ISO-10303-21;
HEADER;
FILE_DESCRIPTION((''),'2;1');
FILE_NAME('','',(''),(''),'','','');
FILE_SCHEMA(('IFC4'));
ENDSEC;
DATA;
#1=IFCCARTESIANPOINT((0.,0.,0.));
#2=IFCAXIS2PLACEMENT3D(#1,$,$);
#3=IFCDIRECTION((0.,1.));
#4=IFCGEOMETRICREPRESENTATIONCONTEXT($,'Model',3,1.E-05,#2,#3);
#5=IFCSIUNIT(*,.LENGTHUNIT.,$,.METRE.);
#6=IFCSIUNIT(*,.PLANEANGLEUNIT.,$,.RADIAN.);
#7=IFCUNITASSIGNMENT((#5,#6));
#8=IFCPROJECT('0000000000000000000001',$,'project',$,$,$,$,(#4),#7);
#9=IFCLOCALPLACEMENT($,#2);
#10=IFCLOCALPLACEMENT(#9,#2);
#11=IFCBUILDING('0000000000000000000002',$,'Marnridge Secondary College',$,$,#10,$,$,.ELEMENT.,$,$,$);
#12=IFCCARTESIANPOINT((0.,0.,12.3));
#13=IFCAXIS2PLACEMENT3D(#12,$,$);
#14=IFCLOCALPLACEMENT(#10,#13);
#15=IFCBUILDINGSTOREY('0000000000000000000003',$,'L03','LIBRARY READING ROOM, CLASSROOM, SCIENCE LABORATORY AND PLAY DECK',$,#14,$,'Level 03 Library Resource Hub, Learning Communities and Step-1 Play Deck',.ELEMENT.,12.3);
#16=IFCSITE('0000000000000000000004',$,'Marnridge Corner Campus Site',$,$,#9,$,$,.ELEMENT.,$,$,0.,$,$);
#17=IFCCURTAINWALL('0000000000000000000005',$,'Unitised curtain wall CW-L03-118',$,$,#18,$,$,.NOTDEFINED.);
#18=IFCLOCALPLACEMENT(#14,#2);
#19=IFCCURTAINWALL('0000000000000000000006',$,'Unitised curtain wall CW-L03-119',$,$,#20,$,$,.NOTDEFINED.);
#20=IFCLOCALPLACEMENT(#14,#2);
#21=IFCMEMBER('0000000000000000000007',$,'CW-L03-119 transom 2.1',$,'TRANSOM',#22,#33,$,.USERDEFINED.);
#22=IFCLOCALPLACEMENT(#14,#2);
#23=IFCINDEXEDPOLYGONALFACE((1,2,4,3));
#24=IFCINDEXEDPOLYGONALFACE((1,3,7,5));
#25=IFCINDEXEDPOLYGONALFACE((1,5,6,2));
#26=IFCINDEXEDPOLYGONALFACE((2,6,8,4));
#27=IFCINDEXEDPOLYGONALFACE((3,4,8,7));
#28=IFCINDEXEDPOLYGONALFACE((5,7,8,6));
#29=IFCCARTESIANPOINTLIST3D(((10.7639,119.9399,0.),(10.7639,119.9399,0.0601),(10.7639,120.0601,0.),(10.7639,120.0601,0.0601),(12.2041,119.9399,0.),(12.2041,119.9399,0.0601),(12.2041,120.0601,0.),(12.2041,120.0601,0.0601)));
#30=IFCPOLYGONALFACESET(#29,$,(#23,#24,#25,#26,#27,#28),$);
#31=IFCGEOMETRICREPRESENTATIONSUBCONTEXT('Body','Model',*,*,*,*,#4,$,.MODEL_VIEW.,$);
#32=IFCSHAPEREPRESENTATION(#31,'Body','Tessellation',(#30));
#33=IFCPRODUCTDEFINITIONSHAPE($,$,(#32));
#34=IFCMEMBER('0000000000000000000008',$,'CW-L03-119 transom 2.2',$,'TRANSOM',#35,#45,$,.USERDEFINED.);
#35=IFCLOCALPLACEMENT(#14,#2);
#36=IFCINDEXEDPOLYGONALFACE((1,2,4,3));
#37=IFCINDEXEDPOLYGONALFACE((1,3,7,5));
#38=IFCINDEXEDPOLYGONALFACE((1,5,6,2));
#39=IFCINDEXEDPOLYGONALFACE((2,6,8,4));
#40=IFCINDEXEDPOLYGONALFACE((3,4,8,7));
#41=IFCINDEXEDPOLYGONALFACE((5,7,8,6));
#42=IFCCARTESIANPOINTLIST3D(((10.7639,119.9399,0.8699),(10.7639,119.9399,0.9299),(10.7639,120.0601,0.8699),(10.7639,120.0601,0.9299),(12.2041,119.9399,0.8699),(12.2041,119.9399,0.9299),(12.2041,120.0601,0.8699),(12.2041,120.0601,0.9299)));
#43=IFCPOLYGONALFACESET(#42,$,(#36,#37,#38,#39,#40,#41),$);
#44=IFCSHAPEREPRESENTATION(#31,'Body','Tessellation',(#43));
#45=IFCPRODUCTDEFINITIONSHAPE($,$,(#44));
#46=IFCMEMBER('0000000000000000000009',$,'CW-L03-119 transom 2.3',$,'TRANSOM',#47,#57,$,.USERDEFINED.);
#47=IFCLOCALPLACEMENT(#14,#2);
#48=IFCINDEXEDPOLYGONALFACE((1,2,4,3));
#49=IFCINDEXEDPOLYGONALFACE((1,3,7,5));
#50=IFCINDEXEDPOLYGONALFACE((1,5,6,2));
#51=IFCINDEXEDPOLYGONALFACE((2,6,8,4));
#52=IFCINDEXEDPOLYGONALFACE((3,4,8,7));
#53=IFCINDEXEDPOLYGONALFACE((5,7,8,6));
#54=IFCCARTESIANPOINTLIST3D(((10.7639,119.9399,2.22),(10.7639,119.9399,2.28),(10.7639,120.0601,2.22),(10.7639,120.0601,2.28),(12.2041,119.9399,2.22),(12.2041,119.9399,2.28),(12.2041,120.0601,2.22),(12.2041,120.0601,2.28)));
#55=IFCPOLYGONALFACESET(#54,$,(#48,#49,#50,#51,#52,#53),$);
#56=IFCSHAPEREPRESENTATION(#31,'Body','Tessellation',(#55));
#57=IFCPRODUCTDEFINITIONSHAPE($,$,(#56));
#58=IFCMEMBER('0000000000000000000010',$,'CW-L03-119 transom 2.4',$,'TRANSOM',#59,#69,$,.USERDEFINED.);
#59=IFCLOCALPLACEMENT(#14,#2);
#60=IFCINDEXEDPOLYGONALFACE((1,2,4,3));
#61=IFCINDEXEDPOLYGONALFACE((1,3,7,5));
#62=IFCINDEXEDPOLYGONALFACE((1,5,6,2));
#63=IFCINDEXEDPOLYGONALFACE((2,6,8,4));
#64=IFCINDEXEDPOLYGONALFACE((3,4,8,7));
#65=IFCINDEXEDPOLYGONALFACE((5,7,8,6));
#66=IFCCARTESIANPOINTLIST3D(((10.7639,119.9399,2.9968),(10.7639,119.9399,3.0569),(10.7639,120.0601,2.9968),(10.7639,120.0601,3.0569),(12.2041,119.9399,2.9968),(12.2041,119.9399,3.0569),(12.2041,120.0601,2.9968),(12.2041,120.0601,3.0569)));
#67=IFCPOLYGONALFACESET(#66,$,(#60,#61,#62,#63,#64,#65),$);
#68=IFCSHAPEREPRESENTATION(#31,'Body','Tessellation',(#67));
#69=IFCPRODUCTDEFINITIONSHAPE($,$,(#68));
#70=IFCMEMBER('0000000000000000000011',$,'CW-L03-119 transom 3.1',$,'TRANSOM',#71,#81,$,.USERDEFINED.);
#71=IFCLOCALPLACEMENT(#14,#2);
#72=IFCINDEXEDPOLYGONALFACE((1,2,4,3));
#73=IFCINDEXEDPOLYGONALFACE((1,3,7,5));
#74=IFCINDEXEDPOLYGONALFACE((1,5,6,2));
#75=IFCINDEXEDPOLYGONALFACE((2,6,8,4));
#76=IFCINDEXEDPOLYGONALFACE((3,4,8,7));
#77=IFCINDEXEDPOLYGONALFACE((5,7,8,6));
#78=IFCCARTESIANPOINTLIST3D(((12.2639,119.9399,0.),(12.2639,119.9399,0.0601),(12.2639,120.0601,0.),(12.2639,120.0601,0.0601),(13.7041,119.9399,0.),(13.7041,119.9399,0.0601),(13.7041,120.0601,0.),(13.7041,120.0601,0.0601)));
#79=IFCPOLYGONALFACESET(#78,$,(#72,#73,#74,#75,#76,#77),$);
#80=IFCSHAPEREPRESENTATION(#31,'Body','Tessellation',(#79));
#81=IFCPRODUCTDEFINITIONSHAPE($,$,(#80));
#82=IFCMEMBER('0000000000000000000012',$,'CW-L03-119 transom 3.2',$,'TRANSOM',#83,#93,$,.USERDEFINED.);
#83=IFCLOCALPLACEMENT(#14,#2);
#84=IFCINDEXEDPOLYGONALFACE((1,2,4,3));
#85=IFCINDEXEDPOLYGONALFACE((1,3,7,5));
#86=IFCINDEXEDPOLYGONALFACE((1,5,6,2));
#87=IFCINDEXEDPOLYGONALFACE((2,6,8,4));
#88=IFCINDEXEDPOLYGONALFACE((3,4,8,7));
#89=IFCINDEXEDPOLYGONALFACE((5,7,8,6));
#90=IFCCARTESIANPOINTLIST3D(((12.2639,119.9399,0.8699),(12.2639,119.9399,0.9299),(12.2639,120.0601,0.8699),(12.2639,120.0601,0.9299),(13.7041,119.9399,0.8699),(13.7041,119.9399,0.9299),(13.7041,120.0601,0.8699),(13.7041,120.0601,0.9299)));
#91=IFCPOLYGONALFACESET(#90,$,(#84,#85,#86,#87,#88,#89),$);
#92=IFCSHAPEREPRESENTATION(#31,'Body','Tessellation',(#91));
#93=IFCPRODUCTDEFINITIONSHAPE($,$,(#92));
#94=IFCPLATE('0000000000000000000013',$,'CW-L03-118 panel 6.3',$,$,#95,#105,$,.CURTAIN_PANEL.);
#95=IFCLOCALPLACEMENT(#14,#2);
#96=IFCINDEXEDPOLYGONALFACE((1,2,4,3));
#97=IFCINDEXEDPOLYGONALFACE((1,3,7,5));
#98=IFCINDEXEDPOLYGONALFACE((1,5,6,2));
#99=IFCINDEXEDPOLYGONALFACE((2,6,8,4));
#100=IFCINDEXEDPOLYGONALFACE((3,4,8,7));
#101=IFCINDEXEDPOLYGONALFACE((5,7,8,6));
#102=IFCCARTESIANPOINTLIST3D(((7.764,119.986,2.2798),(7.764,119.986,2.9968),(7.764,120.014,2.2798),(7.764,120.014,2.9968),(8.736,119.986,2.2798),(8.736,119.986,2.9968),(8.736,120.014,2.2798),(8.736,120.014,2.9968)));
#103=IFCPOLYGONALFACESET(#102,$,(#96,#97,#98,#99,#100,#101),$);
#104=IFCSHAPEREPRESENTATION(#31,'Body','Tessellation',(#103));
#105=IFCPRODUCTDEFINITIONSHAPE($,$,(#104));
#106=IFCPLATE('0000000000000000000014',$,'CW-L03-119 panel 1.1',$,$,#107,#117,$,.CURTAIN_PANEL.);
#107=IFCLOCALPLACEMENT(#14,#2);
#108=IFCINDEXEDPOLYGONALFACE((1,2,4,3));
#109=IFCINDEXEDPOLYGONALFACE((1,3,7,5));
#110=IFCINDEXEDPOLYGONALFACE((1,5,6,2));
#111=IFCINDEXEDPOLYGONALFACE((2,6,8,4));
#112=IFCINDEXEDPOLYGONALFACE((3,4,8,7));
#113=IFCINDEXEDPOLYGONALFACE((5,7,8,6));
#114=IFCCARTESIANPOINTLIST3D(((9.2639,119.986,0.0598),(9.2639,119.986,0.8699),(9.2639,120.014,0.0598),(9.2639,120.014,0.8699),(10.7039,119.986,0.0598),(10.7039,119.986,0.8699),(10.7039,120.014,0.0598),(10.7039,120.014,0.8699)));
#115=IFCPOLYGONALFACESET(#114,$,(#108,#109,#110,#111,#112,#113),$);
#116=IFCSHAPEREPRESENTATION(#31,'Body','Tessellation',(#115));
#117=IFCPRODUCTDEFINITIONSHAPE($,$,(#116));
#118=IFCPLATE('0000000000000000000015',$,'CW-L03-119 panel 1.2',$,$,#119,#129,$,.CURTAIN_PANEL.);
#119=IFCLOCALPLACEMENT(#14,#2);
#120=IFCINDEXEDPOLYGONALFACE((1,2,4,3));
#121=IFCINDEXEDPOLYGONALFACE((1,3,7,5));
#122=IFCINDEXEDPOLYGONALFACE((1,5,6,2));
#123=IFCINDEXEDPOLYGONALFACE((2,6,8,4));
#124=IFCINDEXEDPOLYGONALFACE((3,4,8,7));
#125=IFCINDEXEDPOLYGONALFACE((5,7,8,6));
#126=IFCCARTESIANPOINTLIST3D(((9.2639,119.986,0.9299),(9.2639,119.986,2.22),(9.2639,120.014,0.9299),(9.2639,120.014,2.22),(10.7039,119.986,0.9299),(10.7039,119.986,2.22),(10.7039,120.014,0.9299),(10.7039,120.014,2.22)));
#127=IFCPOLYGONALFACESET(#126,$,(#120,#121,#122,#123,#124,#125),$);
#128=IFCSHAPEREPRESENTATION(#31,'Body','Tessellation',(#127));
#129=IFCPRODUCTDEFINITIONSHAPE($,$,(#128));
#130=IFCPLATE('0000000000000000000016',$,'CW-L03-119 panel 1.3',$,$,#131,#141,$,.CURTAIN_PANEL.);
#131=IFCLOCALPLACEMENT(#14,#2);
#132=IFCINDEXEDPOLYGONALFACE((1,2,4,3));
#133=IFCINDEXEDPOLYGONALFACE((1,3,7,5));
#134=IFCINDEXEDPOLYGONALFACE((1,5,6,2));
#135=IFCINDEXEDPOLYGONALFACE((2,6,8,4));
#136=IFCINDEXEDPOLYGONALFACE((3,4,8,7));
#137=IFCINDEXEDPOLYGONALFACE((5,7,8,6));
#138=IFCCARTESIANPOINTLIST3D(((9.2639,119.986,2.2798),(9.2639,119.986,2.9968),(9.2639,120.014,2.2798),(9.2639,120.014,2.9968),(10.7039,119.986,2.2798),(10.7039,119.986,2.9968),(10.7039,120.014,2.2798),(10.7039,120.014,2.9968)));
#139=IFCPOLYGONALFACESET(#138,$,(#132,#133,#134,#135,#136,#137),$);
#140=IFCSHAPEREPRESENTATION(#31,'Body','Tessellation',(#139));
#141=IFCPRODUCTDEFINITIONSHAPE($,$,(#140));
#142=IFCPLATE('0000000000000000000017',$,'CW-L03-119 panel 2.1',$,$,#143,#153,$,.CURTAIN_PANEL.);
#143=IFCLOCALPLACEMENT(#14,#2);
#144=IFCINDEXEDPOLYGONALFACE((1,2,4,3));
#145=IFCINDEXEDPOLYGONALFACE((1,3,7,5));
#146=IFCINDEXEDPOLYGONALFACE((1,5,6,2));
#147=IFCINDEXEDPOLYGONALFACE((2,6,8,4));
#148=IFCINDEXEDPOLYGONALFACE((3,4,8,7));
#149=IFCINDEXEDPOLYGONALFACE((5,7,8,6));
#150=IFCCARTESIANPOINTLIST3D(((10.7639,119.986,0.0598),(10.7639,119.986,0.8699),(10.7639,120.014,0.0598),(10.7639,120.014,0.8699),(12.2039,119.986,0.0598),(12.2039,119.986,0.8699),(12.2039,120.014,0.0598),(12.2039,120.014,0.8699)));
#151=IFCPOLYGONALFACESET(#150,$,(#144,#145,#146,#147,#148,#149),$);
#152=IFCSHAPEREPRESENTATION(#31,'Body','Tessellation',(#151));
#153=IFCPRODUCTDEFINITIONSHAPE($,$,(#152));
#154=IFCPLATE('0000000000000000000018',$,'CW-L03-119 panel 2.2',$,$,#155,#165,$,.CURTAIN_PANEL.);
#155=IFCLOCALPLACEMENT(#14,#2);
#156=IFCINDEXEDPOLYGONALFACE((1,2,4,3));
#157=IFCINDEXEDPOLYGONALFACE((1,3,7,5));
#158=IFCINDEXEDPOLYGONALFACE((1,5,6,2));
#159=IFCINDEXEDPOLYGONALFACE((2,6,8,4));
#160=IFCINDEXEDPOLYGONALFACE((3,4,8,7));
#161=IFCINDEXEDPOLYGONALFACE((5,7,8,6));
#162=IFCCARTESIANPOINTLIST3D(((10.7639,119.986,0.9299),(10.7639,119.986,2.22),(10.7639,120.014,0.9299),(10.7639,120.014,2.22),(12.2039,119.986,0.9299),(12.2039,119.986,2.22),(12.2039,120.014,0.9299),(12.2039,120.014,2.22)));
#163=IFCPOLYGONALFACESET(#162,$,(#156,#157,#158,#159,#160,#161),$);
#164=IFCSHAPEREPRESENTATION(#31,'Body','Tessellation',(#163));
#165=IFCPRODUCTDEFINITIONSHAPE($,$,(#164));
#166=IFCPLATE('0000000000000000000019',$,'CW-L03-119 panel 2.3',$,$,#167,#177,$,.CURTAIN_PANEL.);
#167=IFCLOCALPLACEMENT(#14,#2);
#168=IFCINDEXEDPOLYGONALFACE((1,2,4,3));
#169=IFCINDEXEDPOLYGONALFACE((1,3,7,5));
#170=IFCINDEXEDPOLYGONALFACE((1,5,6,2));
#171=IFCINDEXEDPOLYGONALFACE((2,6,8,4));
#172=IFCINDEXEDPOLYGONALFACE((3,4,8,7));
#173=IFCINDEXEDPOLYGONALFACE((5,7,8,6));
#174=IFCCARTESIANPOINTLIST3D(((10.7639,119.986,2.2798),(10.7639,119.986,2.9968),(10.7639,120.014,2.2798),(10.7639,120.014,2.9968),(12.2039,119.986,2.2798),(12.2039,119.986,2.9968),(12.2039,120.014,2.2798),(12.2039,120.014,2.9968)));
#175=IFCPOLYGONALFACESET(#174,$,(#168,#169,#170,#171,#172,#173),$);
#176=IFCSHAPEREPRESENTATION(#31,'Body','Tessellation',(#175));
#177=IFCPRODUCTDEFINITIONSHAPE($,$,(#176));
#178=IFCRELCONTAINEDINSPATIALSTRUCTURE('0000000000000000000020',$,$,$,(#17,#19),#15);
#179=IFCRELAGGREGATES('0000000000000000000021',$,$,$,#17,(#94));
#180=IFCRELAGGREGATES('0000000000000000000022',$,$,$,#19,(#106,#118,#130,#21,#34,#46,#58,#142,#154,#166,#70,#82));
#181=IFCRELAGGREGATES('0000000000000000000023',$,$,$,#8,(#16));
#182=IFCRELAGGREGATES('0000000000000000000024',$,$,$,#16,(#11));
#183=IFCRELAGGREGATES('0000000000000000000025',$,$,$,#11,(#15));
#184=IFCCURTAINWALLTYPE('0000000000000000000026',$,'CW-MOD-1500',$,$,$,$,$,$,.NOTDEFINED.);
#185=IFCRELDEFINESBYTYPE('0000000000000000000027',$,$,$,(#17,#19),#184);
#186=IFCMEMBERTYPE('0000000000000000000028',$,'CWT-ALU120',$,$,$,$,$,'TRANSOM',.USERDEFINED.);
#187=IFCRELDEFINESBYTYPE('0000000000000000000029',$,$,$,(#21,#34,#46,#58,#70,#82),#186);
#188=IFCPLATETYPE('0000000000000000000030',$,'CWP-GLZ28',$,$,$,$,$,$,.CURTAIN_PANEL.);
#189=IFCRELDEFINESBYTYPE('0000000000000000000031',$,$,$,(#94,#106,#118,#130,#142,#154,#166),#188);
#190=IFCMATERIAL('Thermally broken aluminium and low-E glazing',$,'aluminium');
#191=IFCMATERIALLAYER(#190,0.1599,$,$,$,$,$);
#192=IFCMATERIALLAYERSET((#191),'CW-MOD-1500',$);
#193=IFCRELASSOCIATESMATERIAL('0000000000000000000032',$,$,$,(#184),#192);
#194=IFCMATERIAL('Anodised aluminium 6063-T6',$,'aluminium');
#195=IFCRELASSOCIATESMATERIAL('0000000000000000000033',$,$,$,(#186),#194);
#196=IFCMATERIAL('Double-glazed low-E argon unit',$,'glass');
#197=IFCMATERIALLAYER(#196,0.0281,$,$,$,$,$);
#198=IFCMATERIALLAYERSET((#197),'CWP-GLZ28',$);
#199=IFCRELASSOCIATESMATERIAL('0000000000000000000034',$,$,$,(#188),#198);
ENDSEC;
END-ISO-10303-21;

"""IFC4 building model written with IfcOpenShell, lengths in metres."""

from ifc_helpers import new_model, si_unit, direction, frame, origin, origin_2d, place, context, subcontext, project, spatial, rectangle, extrude, material, layer, layer_set, material_profile, profile_set, type_object, element, aggregate, save


model = new_model("IFC4")

# Units and contexts
model_context = context("Model", 3, precision=1e-05, world=origin(), true_north=direction((0.0, 1.0)))
body_context = subcontext(model_context, "Body", "Model", "MODEL_VIEW")
ifc_project = project(units=[si_unit("LENGTHUNIT", "METRE"), si_unit("PLANEANGLEUNIT", "RADIAN")], contexts=[model_context])

# Site, building, storey
site_placement = place(None, origin())
site = spatial("IfcSite", under=ifc_project, at=site_placement, Name="Marnridge Corner Campus Site", CompositionType="ELEMENT", RefElevation=0.0)
building_placement = place(site_placement, origin())
building = spatial("IfcBuilding", under=site, at=building_placement, Name="Marnridge Secondary College", CompositionType="ELEMENT")
storey_placement = place(building_placement, frame((0.0, 0.0, 12.3)))
storey = spatial("IfcBuildingStorey", under=building, at=storey_placement, Name="L03", Description="LIBRARY READING ROOM, CLASSROOM, SCIENCE LABORATORY AND PLAY DECK", LongName="Level 03 Library Resource Hub, Learning Communities and Step-1 Play Deck", CompositionType="ELEMENT", Elevation=12.3)

# Curtain wall
ifc_material_1 = material(Name="Thermally broken aluminium and low-E glazing", Category="aluminium")
ifc_layer_1 = layer(ifc_material_1, 0.1599)
ifc_layer_set_1 = layer_set([ifc_layer_1], Name="CW-MOD-1500")
curtain_wall_type = type_object("IfcCurtainWallType", Name="CW-MOD-1500", PredefinedType="NOTDEFINED", material=ifc_layer_set_1)
curtain_wall_1_placement = place(storey_placement, origin())
curtain_wall_1 = element("IfcCurtainWall", 1, at=curtain_wall_1_placement, inside=storey, type_object=curtain_wall_type, Name="Unitised curtain wall CW-L03-118", PredefinedType="NOTDEFINED")

# Curtain wall, members
curtain_wall_2_placement = place(storey_placement, origin())
curtain_wall_2 = element("IfcCurtainWall", 2, at=curtain_wall_2_placement, inside=storey, type_object=curtain_wall_type, Name="Unitised curtain wall CW-L03-119", PredefinedType="NOTDEFINED")
ifc_material_2 = material(Name="Anodised aluminium 6063-T6", Category="aluminium")
ifc_material_profile_1 = material_profile(ifc_material_2, rectangle(XDim=0.0601, YDim=0.1201, at=origin_2d()), Name="ALU 60x120")
ifc_profile_set_1 = profile_set([ifc_material_profile_1], Name="Anodised aluminium 6063-T6")
member_type_1 = type_object("IfcMemberType", Name="CWT-ALU120", ElementType="TRANSOM", PredefinedType="USERDEFINED", material=ifc_profile_set_1)
member_1_placement = place(storey_placement, frame((10.7639, 120.0, 0.03), z_axis=(1.0, 0.0, 0.0), x_axis=(0.0, 0.0, 1.0)))
member_1 = element("IfcMember", 3, at=member_1_placement, type_object=member_type_1, Name="CW-L03-119 transom 2.1", ObjectType="TRANSOM", PredefinedType="USERDEFINED", context=body_context, shape_type="SweptSolid", body=[
    extrude(rectangle(XDim=0.0601, YDim=0.1201, at=origin_2d()), origin(), (0.0, 0.0, 1.0), 1.4402),
])
member_2_placement = place(storey_placement, frame((10.7639, 120.0, 0.8999), z_axis=(1.0, 0.0, 0.0), x_axis=(0.0, 0.0, 1.0)))
member_2 = element("IfcMember", 4, at=member_2_placement, type_object=member_type_1, Name="CW-L03-119 transom 2.2", ObjectType="TRANSOM", PredefinedType="USERDEFINED", context=body_context, shape_type="SweptSolid", body=[
    extrude(rectangle(XDim=0.0601, YDim=0.1201, at=origin_2d()), origin(), (0.0, 0.0, 1.0), 1.4402),
])
member_3_placement = place(storey_placement, frame((10.7639, 120.0, 2.25), z_axis=(1.0, 0.0, 0.0), x_axis=(0.0, 0.0, 1.0)))
member_3 = element("IfcMember", 5, at=member_3_placement, type_object=member_type_1, Name="CW-L03-119 transom 2.3", ObjectType="TRANSOM", PredefinedType="USERDEFINED", context=body_context, shape_type="SweptSolid", body=[
    extrude(rectangle(XDim=0.0601, YDim=0.1201, at=origin_2d()), origin(), (0.0, 0.0, 1.0), 1.4402),
])
member_4_placement = place(storey_placement, frame((10.7639, 120.0, 3.0269), z_axis=(1.0, 0.0, 0.0), x_axis=(0.0, 0.0, 1.0)))
member_4 = element("IfcMember", 6, at=member_4_placement, type_object=member_type_1, Name="CW-L03-119 transom 2.4", ObjectType="TRANSOM", PredefinedType="USERDEFINED", context=body_context, shape_type="SweptSolid", body=[
    extrude(rectangle(XDim=0.0601, YDim=0.1201, at=origin_2d()), origin(), (0.0, 0.0, 1.0), 1.4402),
])
member_5_placement = place(storey_placement, frame((12.2639, 120.0, 0.03), z_axis=(1.0, 0.0, 0.0), x_axis=(0.0, 0.0, 1.0)))
member_5 = element("IfcMember", 7, at=member_5_placement, type_object=member_type_1, Name="CW-L03-119 transom 3.1", ObjectType="TRANSOM", PredefinedType="USERDEFINED", context=body_context, shape_type="SweptSolid", body=[
    extrude(rectangle(XDim=0.0601, YDim=0.1201, at=origin_2d()), origin(), (0.0, 0.0, 1.0), 1.4402),
])
member_6_placement = place(storey_placement, frame((12.2639, 120.0, 0.8999), z_axis=(1.0, 0.0, 0.0), x_axis=(0.0, 0.0, 1.0)))
member_6 = element("IfcMember", 8, at=member_6_placement, type_object=member_type_1, Name="CW-L03-119 transom 3.2", ObjectType="TRANSOM", PredefinedType="USERDEFINED", context=body_context, shape_type="SweptSolid", body=[
    extrude(rectangle(XDim=0.0601, YDim=0.1201, at=origin_2d()), origin(), (0.0, 0.0, 1.0), 1.4402),
])

# Plates
ifc_material_3 = material(Name="Double-glazed low-E argon unit", Category="glass")
ifc_layer_2 = layer(ifc_material_3, 0.0281)
ifc_layer_set_2 = layer_set([ifc_layer_2], Name="CWP-GLZ28")
plate_type = type_object("IfcPlateType", Name="CWP-GLZ28", PredefinedType="CURTAIN_PANEL", material=ifc_layer_set_2)
plate_1_placement = place(storey_placement, frame((8.25, 120.0, 2.2798), z_axis=(0.0, 0.0, 1.0), x_axis=(1.0, 0.0, 0.0)))
plate_1 = element("IfcPlate", 9, at=plate_1_placement, type_object=plate_type, Name="CW-L03-118 panel 6.3", PredefinedType="CURTAIN_PANEL", context=body_context, shape_type="SweptSolid", body=[
    extrude(rectangle(XDim=0.9719, YDim=0.0281, at=origin_2d()), origin(), (0.0, 0.0, 1.0), 0.717),
])
aggregate(curtain_wall_1, [plate_1])
plate_2_placement = place(storey_placement, frame((9.9839, 120.0, 0.0598), z_axis=(0.0, 0.0, 1.0), x_axis=(1.0, 0.0, 0.0)))
plate_2 = element("IfcPlate", 10, at=plate_2_placement, type_object=plate_type, Name="CW-L03-119 panel 1.1", PredefinedType="CURTAIN_PANEL", context=body_context, shape_type="SweptSolid", body=[
    extrude(rectangle(XDim=1.4399, YDim=0.0281, at=origin_2d()), origin(), (0.0, 0.0, 1.0), 0.8101),
])
plate_3_placement = place(storey_placement, frame((9.9839, 120.0, 0.9299), z_axis=(0.0, 0.0, 1.0), x_axis=(1.0, 0.0, 0.0)))
plate_3 = element("IfcPlate", 11, at=plate_3_placement, type_object=plate_type, Name="CW-L03-119 panel 1.2", PredefinedType="CURTAIN_PANEL", context=body_context, shape_type="SweptSolid", body=[
    extrude(rectangle(XDim=1.4399, YDim=0.0281, at=origin_2d()), origin(), (0.0, 0.0, 1.0), 1.29),
])
plate_4_placement = place(storey_placement, frame((9.9839, 120.0, 2.2798), z_axis=(0.0, 0.0, 1.0), x_axis=(1.0, 0.0, 0.0)))
plate_4 = element("IfcPlate", 12, at=plate_4_placement, type_object=plate_type, Name="CW-L03-119 panel 1.3", PredefinedType="CURTAIN_PANEL", context=body_context, shape_type="SweptSolid", body=[
    extrude(rectangle(XDim=1.4399, YDim=0.0281, at=origin_2d()), origin(), (0.0, 0.0, 1.0), 0.717),
])
plate_5_placement = place(storey_placement, frame((11.4839, 120.0, 0.0598), z_axis=(0.0, 0.0, 1.0), x_axis=(1.0, 0.0, 0.0)))
plate_5 = element("IfcPlate", 13, at=plate_5_placement, type_object=plate_type, Name="CW-L03-119 panel 2.1", PredefinedType="CURTAIN_PANEL", context=body_context, shape_type="SweptSolid", body=[
    extrude(rectangle(XDim=1.4399, YDim=0.0281, at=origin_2d()), origin(), (0.0, 0.0, 1.0), 0.8101),
])
plate_6_placement = place(storey_placement, frame((11.4839, 120.0, 0.9299), z_axis=(0.0, 0.0, 1.0), x_axis=(1.0, 0.0, 0.0)))
plate_6 = element("IfcPlate", 14, at=plate_6_placement, type_object=plate_type, Name="CW-L03-119 panel 2.2", PredefinedType="CURTAIN_PANEL", context=body_context, shape_type="SweptSolid", body=[
    extrude(rectangle(XDim=1.4399, YDim=0.0281, at=origin_2d()), origin(), (0.0, 0.0, 1.0), 1.29),
])
plate_7_placement = place(storey_placement, frame((11.4839, 120.0, 2.2798), z_axis=(0.0, 0.0, 1.0), x_axis=(1.0, 0.0, 0.0)))
plate_7 = element("IfcPlate", 15, at=plate_7_placement, type_object=plate_type, Name="CW-L03-119 panel 2.3", PredefinedType="CURTAIN_PANEL", context=body_context, shape_type="SweptSolid", body=[
    extrude(rectangle(XDim=1.4399, YDim=0.0281, at=origin_2d()), origin(), (0.0, 0.0, 1.0), 0.717),
])
aggregate(curtain_wall_2, [plate_2, plate_3, plate_4, member_1, member_2, member_3, member_4, plate_5, plate_6, plate_7, member_5, member_6])

save(model, "model.ifc")
